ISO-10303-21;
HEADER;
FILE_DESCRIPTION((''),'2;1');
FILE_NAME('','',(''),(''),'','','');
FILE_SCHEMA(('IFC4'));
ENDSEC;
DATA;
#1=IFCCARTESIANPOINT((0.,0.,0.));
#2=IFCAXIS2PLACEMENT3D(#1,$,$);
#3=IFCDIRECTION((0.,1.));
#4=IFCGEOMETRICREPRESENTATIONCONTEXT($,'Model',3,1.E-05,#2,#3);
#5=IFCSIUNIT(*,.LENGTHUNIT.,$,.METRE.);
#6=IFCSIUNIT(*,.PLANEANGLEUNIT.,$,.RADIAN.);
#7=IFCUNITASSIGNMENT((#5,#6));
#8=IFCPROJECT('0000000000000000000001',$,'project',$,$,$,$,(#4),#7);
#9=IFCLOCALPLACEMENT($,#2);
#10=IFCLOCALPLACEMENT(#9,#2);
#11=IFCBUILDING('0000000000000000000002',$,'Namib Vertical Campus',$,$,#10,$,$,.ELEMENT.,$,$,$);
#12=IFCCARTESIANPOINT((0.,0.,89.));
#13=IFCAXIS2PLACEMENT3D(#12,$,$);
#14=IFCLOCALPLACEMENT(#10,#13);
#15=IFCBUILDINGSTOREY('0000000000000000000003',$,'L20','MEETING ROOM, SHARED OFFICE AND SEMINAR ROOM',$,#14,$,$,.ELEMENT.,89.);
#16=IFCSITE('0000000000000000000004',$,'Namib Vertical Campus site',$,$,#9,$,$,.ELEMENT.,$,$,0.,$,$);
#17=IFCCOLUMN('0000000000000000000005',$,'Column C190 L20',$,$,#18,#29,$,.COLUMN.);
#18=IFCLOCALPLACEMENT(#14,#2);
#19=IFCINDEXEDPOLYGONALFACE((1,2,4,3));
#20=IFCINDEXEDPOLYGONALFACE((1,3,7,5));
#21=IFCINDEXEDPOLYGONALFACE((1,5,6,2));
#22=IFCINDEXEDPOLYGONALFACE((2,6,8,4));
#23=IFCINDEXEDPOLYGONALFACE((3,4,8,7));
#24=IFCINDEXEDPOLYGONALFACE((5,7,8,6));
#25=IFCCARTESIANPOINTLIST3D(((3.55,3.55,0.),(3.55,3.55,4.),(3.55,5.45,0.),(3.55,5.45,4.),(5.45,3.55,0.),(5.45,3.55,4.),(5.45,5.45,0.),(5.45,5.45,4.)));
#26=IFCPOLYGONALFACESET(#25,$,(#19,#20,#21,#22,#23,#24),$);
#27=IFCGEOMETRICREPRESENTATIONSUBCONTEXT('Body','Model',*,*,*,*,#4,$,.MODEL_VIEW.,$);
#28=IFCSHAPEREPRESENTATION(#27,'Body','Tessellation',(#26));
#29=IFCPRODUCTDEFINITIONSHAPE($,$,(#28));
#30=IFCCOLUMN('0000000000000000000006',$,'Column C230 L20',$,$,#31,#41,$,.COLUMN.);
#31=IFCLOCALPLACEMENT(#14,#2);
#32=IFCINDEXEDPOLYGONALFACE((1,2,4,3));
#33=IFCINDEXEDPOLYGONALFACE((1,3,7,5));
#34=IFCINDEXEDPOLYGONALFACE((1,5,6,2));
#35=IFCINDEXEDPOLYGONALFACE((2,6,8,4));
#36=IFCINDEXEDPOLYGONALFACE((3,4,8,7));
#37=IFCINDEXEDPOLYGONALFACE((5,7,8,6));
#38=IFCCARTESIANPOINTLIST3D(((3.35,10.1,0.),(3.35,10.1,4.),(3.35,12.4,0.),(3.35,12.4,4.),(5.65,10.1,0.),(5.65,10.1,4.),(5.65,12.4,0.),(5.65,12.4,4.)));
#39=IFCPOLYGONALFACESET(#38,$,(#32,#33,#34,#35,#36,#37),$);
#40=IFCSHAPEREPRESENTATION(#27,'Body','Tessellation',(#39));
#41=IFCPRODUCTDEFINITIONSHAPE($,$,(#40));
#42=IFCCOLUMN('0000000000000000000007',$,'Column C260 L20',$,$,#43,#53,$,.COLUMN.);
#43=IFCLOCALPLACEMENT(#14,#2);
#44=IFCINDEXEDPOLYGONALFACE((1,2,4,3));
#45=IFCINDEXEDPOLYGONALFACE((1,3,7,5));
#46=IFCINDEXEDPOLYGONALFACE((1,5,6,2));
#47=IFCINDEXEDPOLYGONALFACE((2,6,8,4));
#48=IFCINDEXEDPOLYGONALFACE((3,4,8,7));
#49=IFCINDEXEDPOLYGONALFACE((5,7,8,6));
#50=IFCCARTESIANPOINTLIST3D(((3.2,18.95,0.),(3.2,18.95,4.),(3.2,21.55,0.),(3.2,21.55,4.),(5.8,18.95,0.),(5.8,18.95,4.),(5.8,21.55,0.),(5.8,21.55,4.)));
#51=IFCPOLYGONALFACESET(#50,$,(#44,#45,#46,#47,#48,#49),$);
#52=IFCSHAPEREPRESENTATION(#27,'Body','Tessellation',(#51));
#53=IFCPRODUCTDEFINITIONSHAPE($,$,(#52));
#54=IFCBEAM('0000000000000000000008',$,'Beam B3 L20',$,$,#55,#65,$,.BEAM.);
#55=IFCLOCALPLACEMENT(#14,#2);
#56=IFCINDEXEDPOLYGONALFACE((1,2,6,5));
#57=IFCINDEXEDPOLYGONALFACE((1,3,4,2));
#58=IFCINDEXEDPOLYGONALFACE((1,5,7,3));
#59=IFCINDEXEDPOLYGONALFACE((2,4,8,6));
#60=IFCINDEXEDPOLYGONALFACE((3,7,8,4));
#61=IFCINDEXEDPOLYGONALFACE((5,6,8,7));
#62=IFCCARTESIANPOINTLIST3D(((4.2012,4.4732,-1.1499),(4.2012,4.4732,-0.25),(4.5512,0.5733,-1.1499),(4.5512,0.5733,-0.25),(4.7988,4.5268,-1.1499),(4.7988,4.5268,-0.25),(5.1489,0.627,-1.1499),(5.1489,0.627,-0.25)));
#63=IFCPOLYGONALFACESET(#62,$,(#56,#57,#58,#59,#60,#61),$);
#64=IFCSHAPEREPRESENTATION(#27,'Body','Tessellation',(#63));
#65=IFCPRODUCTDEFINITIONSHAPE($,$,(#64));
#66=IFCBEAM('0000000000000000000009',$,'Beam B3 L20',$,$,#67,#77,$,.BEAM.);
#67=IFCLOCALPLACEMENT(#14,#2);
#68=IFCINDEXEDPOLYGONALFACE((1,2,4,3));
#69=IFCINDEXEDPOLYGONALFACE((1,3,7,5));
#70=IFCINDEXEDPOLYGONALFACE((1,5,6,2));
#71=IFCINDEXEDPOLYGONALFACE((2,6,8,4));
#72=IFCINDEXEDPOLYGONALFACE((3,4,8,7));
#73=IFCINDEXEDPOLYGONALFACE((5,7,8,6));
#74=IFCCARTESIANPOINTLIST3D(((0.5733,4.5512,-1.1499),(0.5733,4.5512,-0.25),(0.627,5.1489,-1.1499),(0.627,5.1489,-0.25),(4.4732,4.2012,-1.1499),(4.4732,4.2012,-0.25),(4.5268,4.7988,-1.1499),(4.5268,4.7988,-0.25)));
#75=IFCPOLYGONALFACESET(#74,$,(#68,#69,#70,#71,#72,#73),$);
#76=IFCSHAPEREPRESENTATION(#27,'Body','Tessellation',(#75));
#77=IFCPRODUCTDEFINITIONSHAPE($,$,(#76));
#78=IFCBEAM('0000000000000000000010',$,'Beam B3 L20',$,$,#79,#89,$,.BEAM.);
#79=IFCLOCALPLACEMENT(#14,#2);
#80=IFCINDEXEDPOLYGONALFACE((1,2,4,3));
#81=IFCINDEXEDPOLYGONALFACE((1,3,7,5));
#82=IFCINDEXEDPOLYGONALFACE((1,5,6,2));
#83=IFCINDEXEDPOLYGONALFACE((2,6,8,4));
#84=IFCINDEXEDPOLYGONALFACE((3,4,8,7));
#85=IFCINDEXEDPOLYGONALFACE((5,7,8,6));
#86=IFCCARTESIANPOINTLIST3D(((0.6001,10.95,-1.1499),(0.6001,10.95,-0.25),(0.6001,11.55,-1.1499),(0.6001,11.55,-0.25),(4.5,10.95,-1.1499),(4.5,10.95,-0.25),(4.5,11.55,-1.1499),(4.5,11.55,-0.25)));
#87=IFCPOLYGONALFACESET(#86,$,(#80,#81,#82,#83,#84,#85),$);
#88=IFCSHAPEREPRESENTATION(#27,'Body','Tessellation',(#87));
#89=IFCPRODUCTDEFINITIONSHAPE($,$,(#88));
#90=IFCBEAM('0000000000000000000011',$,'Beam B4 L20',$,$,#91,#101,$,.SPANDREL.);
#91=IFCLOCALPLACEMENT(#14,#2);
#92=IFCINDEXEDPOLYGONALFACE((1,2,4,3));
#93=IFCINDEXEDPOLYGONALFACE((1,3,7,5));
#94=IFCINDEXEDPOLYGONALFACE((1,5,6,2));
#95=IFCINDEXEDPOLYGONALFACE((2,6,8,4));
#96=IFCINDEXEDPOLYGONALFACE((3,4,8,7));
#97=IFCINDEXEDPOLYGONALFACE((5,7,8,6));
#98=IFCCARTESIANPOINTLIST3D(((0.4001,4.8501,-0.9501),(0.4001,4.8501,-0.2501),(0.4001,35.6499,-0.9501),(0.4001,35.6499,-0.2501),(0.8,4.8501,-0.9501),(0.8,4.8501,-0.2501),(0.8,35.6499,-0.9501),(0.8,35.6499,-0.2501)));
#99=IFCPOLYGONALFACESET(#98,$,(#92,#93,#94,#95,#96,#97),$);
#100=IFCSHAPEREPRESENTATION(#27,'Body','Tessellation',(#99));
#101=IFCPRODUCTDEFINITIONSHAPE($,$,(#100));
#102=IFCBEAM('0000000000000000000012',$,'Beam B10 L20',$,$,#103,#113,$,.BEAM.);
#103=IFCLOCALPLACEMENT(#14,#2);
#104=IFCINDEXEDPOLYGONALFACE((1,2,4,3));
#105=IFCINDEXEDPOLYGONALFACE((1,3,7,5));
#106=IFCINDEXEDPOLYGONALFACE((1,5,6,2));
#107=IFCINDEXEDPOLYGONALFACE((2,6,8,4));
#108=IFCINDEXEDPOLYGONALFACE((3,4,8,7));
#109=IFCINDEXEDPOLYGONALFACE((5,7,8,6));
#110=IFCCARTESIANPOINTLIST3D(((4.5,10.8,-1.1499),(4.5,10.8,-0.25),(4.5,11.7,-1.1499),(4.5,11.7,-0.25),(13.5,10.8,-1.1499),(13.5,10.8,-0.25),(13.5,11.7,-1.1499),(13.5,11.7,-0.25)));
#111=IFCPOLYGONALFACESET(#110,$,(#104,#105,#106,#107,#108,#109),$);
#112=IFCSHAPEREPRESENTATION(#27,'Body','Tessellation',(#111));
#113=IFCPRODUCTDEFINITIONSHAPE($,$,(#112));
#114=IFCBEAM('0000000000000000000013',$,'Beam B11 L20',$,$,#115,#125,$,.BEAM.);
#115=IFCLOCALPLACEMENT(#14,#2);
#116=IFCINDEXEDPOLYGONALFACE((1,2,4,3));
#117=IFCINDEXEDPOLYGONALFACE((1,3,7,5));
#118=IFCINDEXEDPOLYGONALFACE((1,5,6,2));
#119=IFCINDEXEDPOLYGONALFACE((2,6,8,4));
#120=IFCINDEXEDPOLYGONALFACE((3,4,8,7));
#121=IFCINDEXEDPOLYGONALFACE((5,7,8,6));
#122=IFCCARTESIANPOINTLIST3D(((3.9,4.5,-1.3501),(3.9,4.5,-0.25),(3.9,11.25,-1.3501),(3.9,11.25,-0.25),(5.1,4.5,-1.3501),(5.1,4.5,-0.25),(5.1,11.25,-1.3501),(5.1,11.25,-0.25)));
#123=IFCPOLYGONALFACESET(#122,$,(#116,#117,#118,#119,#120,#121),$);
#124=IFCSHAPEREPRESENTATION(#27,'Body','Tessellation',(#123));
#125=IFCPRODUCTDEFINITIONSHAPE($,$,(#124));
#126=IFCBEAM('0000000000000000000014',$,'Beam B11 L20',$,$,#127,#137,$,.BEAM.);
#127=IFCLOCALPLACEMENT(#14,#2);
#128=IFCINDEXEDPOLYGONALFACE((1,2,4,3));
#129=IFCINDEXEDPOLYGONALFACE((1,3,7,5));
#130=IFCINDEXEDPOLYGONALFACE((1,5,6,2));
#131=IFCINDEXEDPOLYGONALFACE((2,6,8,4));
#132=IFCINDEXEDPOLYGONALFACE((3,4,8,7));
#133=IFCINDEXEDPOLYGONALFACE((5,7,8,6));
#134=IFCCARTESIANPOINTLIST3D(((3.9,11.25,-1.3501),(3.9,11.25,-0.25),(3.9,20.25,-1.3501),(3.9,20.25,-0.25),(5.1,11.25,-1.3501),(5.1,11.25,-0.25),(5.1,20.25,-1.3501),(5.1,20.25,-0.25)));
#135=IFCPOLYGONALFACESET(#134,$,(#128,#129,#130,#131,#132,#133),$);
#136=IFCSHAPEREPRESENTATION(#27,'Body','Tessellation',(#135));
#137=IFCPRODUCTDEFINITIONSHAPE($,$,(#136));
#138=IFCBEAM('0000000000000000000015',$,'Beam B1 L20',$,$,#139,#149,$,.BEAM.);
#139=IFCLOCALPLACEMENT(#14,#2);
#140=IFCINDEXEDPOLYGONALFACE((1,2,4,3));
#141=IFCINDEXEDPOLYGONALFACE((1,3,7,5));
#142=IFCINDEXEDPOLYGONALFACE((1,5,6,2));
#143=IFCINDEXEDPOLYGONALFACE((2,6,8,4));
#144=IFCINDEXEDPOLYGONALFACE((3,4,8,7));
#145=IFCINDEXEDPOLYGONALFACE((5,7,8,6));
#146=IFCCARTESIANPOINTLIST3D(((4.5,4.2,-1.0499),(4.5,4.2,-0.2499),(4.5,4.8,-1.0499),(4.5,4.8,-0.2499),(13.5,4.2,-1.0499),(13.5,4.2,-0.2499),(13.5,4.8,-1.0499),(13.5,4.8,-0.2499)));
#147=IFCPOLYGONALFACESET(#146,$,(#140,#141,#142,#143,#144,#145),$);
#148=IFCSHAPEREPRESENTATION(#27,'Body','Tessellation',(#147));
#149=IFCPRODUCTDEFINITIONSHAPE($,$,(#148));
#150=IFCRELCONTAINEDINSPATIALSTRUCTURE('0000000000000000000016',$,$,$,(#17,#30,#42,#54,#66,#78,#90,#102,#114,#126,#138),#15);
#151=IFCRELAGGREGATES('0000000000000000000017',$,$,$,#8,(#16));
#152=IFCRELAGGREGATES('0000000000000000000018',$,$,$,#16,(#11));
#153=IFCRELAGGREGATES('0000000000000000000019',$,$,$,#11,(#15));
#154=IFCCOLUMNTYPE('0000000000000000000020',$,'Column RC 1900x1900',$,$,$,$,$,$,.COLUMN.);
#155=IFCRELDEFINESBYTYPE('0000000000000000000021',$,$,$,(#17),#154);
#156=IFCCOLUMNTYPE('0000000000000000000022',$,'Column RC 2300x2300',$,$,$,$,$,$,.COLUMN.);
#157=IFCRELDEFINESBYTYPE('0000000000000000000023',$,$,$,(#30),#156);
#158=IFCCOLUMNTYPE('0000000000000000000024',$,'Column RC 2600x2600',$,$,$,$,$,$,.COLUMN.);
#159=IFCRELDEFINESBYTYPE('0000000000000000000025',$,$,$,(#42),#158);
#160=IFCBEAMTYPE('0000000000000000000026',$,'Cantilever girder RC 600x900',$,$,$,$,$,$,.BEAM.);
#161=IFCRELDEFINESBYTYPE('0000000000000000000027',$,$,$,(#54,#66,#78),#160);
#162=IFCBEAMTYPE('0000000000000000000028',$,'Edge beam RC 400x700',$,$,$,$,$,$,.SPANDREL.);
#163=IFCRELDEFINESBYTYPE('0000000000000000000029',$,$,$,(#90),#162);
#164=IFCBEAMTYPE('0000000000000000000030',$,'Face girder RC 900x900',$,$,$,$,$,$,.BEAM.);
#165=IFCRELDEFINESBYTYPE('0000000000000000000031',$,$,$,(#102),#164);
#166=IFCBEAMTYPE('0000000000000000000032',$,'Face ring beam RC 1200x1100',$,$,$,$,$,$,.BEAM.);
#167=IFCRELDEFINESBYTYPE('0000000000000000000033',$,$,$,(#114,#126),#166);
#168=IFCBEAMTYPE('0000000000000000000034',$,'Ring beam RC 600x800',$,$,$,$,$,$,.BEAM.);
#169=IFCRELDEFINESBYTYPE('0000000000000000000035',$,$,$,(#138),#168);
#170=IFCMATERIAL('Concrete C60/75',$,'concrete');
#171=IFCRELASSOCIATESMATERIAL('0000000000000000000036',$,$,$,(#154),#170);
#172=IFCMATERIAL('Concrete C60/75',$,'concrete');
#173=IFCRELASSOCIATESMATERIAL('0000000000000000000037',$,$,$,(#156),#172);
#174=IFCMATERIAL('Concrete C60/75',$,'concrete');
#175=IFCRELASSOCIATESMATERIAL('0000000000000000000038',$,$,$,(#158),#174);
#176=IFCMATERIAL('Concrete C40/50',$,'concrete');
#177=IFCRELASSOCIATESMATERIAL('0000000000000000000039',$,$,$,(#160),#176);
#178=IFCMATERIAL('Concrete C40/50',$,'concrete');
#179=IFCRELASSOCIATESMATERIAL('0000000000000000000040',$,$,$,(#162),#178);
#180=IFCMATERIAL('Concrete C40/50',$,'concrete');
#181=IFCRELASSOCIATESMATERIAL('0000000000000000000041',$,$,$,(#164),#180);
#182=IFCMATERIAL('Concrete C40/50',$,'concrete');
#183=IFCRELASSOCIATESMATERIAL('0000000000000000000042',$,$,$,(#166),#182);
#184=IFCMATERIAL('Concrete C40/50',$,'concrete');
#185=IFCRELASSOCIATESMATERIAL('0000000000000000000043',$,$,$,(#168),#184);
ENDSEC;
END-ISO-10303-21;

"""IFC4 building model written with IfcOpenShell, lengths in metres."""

from ifc_helpers import new_model, si_unit, direction, frame, origin, origin_2d, place, context, subcontext, project, spatial, rectangle, extrude, material, material_profile, profile_set, type_object, element, save


model = new_model("IFC4")

# Units and contexts
model_context = context("Model", 3, precision=1e-05, world=origin(), true_north=direction((0.0, 1.0)))
body_context = subcontext(model_context, "Body", "Model", "MODEL_VIEW")
ifc_project = project(units=[si_unit("LENGTHUNIT", "METRE"), si_unit("PLANEANGLEUNIT", "RADIAN")], contexts=[model_context])

# Site, building, storey
site_placement = place(None, origin())
site = spatial("IfcSite", under=ifc_project, at=site_placement, Name="Namib Vertical Campus site", CompositionType="ELEMENT", RefElevation=0.0)
building_placement = place(site_placement, origin())
building = spatial("IfcBuilding", under=site, at=building_placement, Name="Namib Vertical Campus", CompositionType="ELEMENT")
storey_placement = place(building_placement, frame((0.0, 0.0, 89.0)))
storey = spatial("IfcBuildingStorey", under=building, at=storey_placement, Name="L20", Description="MEETING ROOM, SHARED OFFICE AND SEMINAR ROOM", CompositionType="ELEMENT", Elevation=89.0)

# Columns
ifc_material_1 = material(Name="Concrete C60/75", Category="concrete")
ifc_material_profile_1 = material_profile(ifc_material_1, rectangle(XDim=1.8999, YDim=1.8999, at=origin_2d()))
ifc_profile_set_1 = profile_set([ifc_material_profile_1], Name="Concrete C60/75")
column_type_1 = type_object("IfcColumnType", Name="Column RC 1900x1900", PredefinedType="COLUMN", material=ifc_profile_set_1)
column_1_placement = place(storey_placement, frame((4.5, 4.5, 0.0), z_axis=(0.0, 0.0, 1.0), x_axis=(1.0, 0.0, 0.0)))
element("IfcColumn", 1, at=column_1_placement, inside=storey, type_object=column_type_1, Name="Column C190 L20", PredefinedType="COLUMN", context=body_context, shape_type="SweptSolid", body=[
    extrude(rectangle(XDim=1.8999, YDim=1.8999, at=origin_2d()), origin(), (0.0, 0.0, 1.0), 4.0),
])
ifc_material_2 = material(Name="Concrete C60/75", Category="concrete")
ifc_material_profile_2 = material_profile(ifc_material_2, rectangle(XDim=2.3, YDim=2.3, at=origin_2d()))
ifc_profile_set_2 = profile_set([ifc_material_profile_2], Name="Concrete C60/75")
column_type_2 = type_object("IfcColumnType", Name="Column RC 2300x2300", PredefinedType="COLUMN", material=ifc_profile_set_2)
column_2_placement = place(storey_placement, frame((4.5, 11.25, 0.0), z_axis=(0.0, 0.0, 1.0), x_axis=(1.0, 0.0, 0.0)))
element("IfcColumn", 2, at=column_2_placement, inside=storey, type_object=column_type_2, Name="Column C230 L20", PredefinedType="COLUMN", context=body_context, shape_type="SweptSolid", body=[
    extrude(rectangle(XDim=2.3, YDim=2.3, at=origin_2d()), origin(), (0.0, 0.0, 1.0), 4.0),
])
ifc_material_3 = material(Name="Concrete C60/75", Category="concrete")
ifc_material_profile_3 = material_profile(ifc_material_3, rectangle(XDim=2.6001, YDim=2.6001, at=origin_2d()))
ifc_profile_set_3 = profile_set([ifc_material_profile_3], Name="Concrete C60/75")
column_type_3 = type_object("IfcColumnType", Name="Column RC 2600x2600", PredefinedType="COLUMN", material=ifc_profile_set_3)
column_3_placement = place(storey_placement, frame((4.5, 20.25, 0.0), z_axis=(0.0, 0.0, 1.0), x_axis=(1.0, 0.0, 0.0)))
element("IfcColumn", 3, at=column_3_placement, inside=storey, type_object=column_type_3, Name="Column C260 L20", PredefinedType="COLUMN", context=body_context, shape_type="SweptSolid", body=[
    extrude(rectangle(XDim=2.6001, YDim=2.6001, at=origin_2d()), origin(), (0.0, 0.0, 1.0), 4.0),
])

# Beams
ifc_material_4 = material(Name="Concrete C40/50", Category="concrete")
ifc_material_profile_4 = material_profile(ifc_material_4, rectangle(XDim=0.6001, YDim=0.8999, at=origin_2d()))
ifc_profile_set_4 = profile_set([ifc_material_profile_4], Name="Concrete C40/50")
beam_type_1 = type_object("IfcBeamType", Name="Cantilever girder RC 600x900", PredefinedType="BEAM", material=ifc_profile_set_4)
for number, where, z_axis, x_axis, name in (
    (4, (4.5, 4.5, -0.7), (0.089411, -0.995995, 0.0), (0.995995, 0.089411, 0.0), "Beam B3 L20"),
    (5, (4.5, 4.5, -0.7), (-0.995995, 0.089411, 0.0), (-0.089411, -0.995995, 0.0), "Beam B3 L20"),
):
    element("IfcBeam", number, at=place(storey_placement, frame(where, z_axis=z_axis, x_axis=x_axis)), inside=storey, type_object=beam_type_1, Name=name, PredefinedType="BEAM", context=body_context, shape_type="SweptSolid", body=[
        extrude(rectangle(XDim=0.6001, YDim=0.8999, at=origin_2d()), origin(), (0.0, 0.0, 1.0), 3.9155),
    ])
beam_1_placement = place(storey_placement, frame((4.5, 11.25, -0.7), z_axis=(-1.0, 0.0, 0.0), x_axis=(0.0, -1.0, 0.0)))
element("IfcBeam", 6, at=beam_1_placement, inside=storey, type_object=beam_type_1, Name="Beam B3 L20", PredefinedType="BEAM", context=body_context, shape_type="SweptSolid", body=[
    extrude(rectangle(XDim=0.6001, YDim=0.8999, at=origin_2d()), origin(), (0.0, 0.0, 1.0), 3.8999),
])
ifc_material_5 = material(Name="Concrete C40/50", Category="concrete")
ifc_material_profile_5 = material_profile(ifc_material_5, rectangle(XDim=0.3999, YDim=0.7, at=origin_2d()))
ifc_profile_set_5 = profile_set([ifc_material_profile_5], Name="Concrete C40/50")
beam_type_2 = type_object("IfcBeamType", Name="Edge beam RC 400x700", PredefinedType="SPANDREL", material=ifc_profile_set_5)
beam_2_placement = place(storey_placement, frame((0.6001, 4.8501, -0.6001), z_axis=(0.0, 1.0, 0.0), x_axis=(-1.0, 0.0, 0.0)))
element("IfcBeam", 7, at=beam_2_placement, inside=storey, type_object=beam_type_2, Name="Beam B4 L20", PredefinedType="SPANDREL", context=body_context, shape_type="SweptSolid", body=[
    extrude(rectangle(XDim=0.3999, YDim=0.7, at=origin_2d()), origin(), (0.0, 0.0, 1.0), 30.7998),
])
ifc_material_6 = material(Name="Concrete C40/50", Category="concrete")
ifc_material_profile_6 = material_profile(ifc_material_6, rectangle(XDim=0.8999, YDim=0.8999, at=origin_2d()))
ifc_profile_set_6 = profile_set([ifc_material_profile_6], Name="Concrete C40/50")
beam_type_3 = type_object("IfcBeamType", Name="Face girder RC 900x900", PredefinedType="BEAM", material=ifc_profile_set_6)
beam_3_placement = place(storey_placement, frame((4.5, 11.25, -0.7), z_axis=(1.0, 0.0, 0.0), x_axis=(0.0, 1.0, 0.0)))
element("IfcBeam", 8, at=beam_3_placement, inside=storey, type_object=beam_type_3, Name="Beam B10 L20", PredefinedType="BEAM", context=body_context, shape_type="SweptSolid", body=[
    extrude(rectangle(XDim=0.8999, YDim=0.8999, at=origin_2d()), origin(), (0.0, 0.0, 1.0), 9.0),
])
ifc_material_7 = material(Name="Concrete C40/50", Category="concrete")
ifc_material_profile_7 = material_profile(ifc_material_7, rectangle(XDim=1.2, YDim=1.1001, at=origin_2d()))
ifc_profile_set_7 = profile_set([ifc_material_profile_7], Name="Concrete C40/50")
beam_type_4 = type_object("IfcBeamType", Name="Face ring beam RC 1200x1100", PredefinedType="BEAM", material=ifc_profile_set_7)
beam_4_placement = place(storey_placement, frame((4.5, 4.5, -0.8), z_axis=(0.0, 1.0, 0.0), x_axis=(-1.0, 0.0, 0.0)))
element("IfcBeam", 9, at=beam_4_placement, inside=storey, type_object=beam_type_4, Name="Beam B11 L20", PredefinedType="BEAM", context=body_context, shape_type="SweptSolid", body=[
    extrude(rectangle(XDim=1.2, YDim=1.1001, at=origin_2d()), origin(), (0.0, 0.0, 1.0), 6.75),
])
beam_5_placement = place(storey_placement, frame((4.5, 11.25, -0.8), z_axis=(0.0, 1.0, 0.0), x_axis=(-1.0, 0.0, 0.0)))
element("IfcBeam", 10, at=beam_5_placement, inside=storey, type_object=beam_type_4, Name="Beam B11 L20", PredefinedType="BEAM", context=body_context, shape_type="SweptSolid", body=[
    extrude(rectangle(XDim=1.2, YDim=1.1001, at=origin_2d()), origin(), (0.0, 0.0, 1.0), 9.0),
])
ifc_material_8 = material(Name="Concrete C40/50", Category="concrete")
ifc_material_profile_8 = material_profile(ifc_material_8, rectangle(XDim=0.6001, YDim=0.8, at=origin_2d()))
ifc_profile_set_8 = profile_set([ifc_material_profile_8], Name="Concrete C40/50")
beam_type_5 = type_object("IfcBeamType", Name="Ring beam RC 600x800", PredefinedType="BEAM", material=ifc_profile_set_8)
beam_6_placement = place(storey_placement, frame((4.5, 4.5, -0.6499), z_axis=(1.0, 0.0, 0.0), x_axis=(0.0, 1.0, 0.0)))
element("IfcBeam", 11, at=beam_6_placement, inside=storey, type_object=beam_type_5, Name="Beam B1 L20", PredefinedType="BEAM", context=body_context, shape_type="SweptSolid", body=[
    extrude(rectangle(XDim=0.6001, YDim=0.8, at=origin_2d()), origin(), (0.0, 0.0, 1.0), 9.0),
])

save(model, "model.ifc")
